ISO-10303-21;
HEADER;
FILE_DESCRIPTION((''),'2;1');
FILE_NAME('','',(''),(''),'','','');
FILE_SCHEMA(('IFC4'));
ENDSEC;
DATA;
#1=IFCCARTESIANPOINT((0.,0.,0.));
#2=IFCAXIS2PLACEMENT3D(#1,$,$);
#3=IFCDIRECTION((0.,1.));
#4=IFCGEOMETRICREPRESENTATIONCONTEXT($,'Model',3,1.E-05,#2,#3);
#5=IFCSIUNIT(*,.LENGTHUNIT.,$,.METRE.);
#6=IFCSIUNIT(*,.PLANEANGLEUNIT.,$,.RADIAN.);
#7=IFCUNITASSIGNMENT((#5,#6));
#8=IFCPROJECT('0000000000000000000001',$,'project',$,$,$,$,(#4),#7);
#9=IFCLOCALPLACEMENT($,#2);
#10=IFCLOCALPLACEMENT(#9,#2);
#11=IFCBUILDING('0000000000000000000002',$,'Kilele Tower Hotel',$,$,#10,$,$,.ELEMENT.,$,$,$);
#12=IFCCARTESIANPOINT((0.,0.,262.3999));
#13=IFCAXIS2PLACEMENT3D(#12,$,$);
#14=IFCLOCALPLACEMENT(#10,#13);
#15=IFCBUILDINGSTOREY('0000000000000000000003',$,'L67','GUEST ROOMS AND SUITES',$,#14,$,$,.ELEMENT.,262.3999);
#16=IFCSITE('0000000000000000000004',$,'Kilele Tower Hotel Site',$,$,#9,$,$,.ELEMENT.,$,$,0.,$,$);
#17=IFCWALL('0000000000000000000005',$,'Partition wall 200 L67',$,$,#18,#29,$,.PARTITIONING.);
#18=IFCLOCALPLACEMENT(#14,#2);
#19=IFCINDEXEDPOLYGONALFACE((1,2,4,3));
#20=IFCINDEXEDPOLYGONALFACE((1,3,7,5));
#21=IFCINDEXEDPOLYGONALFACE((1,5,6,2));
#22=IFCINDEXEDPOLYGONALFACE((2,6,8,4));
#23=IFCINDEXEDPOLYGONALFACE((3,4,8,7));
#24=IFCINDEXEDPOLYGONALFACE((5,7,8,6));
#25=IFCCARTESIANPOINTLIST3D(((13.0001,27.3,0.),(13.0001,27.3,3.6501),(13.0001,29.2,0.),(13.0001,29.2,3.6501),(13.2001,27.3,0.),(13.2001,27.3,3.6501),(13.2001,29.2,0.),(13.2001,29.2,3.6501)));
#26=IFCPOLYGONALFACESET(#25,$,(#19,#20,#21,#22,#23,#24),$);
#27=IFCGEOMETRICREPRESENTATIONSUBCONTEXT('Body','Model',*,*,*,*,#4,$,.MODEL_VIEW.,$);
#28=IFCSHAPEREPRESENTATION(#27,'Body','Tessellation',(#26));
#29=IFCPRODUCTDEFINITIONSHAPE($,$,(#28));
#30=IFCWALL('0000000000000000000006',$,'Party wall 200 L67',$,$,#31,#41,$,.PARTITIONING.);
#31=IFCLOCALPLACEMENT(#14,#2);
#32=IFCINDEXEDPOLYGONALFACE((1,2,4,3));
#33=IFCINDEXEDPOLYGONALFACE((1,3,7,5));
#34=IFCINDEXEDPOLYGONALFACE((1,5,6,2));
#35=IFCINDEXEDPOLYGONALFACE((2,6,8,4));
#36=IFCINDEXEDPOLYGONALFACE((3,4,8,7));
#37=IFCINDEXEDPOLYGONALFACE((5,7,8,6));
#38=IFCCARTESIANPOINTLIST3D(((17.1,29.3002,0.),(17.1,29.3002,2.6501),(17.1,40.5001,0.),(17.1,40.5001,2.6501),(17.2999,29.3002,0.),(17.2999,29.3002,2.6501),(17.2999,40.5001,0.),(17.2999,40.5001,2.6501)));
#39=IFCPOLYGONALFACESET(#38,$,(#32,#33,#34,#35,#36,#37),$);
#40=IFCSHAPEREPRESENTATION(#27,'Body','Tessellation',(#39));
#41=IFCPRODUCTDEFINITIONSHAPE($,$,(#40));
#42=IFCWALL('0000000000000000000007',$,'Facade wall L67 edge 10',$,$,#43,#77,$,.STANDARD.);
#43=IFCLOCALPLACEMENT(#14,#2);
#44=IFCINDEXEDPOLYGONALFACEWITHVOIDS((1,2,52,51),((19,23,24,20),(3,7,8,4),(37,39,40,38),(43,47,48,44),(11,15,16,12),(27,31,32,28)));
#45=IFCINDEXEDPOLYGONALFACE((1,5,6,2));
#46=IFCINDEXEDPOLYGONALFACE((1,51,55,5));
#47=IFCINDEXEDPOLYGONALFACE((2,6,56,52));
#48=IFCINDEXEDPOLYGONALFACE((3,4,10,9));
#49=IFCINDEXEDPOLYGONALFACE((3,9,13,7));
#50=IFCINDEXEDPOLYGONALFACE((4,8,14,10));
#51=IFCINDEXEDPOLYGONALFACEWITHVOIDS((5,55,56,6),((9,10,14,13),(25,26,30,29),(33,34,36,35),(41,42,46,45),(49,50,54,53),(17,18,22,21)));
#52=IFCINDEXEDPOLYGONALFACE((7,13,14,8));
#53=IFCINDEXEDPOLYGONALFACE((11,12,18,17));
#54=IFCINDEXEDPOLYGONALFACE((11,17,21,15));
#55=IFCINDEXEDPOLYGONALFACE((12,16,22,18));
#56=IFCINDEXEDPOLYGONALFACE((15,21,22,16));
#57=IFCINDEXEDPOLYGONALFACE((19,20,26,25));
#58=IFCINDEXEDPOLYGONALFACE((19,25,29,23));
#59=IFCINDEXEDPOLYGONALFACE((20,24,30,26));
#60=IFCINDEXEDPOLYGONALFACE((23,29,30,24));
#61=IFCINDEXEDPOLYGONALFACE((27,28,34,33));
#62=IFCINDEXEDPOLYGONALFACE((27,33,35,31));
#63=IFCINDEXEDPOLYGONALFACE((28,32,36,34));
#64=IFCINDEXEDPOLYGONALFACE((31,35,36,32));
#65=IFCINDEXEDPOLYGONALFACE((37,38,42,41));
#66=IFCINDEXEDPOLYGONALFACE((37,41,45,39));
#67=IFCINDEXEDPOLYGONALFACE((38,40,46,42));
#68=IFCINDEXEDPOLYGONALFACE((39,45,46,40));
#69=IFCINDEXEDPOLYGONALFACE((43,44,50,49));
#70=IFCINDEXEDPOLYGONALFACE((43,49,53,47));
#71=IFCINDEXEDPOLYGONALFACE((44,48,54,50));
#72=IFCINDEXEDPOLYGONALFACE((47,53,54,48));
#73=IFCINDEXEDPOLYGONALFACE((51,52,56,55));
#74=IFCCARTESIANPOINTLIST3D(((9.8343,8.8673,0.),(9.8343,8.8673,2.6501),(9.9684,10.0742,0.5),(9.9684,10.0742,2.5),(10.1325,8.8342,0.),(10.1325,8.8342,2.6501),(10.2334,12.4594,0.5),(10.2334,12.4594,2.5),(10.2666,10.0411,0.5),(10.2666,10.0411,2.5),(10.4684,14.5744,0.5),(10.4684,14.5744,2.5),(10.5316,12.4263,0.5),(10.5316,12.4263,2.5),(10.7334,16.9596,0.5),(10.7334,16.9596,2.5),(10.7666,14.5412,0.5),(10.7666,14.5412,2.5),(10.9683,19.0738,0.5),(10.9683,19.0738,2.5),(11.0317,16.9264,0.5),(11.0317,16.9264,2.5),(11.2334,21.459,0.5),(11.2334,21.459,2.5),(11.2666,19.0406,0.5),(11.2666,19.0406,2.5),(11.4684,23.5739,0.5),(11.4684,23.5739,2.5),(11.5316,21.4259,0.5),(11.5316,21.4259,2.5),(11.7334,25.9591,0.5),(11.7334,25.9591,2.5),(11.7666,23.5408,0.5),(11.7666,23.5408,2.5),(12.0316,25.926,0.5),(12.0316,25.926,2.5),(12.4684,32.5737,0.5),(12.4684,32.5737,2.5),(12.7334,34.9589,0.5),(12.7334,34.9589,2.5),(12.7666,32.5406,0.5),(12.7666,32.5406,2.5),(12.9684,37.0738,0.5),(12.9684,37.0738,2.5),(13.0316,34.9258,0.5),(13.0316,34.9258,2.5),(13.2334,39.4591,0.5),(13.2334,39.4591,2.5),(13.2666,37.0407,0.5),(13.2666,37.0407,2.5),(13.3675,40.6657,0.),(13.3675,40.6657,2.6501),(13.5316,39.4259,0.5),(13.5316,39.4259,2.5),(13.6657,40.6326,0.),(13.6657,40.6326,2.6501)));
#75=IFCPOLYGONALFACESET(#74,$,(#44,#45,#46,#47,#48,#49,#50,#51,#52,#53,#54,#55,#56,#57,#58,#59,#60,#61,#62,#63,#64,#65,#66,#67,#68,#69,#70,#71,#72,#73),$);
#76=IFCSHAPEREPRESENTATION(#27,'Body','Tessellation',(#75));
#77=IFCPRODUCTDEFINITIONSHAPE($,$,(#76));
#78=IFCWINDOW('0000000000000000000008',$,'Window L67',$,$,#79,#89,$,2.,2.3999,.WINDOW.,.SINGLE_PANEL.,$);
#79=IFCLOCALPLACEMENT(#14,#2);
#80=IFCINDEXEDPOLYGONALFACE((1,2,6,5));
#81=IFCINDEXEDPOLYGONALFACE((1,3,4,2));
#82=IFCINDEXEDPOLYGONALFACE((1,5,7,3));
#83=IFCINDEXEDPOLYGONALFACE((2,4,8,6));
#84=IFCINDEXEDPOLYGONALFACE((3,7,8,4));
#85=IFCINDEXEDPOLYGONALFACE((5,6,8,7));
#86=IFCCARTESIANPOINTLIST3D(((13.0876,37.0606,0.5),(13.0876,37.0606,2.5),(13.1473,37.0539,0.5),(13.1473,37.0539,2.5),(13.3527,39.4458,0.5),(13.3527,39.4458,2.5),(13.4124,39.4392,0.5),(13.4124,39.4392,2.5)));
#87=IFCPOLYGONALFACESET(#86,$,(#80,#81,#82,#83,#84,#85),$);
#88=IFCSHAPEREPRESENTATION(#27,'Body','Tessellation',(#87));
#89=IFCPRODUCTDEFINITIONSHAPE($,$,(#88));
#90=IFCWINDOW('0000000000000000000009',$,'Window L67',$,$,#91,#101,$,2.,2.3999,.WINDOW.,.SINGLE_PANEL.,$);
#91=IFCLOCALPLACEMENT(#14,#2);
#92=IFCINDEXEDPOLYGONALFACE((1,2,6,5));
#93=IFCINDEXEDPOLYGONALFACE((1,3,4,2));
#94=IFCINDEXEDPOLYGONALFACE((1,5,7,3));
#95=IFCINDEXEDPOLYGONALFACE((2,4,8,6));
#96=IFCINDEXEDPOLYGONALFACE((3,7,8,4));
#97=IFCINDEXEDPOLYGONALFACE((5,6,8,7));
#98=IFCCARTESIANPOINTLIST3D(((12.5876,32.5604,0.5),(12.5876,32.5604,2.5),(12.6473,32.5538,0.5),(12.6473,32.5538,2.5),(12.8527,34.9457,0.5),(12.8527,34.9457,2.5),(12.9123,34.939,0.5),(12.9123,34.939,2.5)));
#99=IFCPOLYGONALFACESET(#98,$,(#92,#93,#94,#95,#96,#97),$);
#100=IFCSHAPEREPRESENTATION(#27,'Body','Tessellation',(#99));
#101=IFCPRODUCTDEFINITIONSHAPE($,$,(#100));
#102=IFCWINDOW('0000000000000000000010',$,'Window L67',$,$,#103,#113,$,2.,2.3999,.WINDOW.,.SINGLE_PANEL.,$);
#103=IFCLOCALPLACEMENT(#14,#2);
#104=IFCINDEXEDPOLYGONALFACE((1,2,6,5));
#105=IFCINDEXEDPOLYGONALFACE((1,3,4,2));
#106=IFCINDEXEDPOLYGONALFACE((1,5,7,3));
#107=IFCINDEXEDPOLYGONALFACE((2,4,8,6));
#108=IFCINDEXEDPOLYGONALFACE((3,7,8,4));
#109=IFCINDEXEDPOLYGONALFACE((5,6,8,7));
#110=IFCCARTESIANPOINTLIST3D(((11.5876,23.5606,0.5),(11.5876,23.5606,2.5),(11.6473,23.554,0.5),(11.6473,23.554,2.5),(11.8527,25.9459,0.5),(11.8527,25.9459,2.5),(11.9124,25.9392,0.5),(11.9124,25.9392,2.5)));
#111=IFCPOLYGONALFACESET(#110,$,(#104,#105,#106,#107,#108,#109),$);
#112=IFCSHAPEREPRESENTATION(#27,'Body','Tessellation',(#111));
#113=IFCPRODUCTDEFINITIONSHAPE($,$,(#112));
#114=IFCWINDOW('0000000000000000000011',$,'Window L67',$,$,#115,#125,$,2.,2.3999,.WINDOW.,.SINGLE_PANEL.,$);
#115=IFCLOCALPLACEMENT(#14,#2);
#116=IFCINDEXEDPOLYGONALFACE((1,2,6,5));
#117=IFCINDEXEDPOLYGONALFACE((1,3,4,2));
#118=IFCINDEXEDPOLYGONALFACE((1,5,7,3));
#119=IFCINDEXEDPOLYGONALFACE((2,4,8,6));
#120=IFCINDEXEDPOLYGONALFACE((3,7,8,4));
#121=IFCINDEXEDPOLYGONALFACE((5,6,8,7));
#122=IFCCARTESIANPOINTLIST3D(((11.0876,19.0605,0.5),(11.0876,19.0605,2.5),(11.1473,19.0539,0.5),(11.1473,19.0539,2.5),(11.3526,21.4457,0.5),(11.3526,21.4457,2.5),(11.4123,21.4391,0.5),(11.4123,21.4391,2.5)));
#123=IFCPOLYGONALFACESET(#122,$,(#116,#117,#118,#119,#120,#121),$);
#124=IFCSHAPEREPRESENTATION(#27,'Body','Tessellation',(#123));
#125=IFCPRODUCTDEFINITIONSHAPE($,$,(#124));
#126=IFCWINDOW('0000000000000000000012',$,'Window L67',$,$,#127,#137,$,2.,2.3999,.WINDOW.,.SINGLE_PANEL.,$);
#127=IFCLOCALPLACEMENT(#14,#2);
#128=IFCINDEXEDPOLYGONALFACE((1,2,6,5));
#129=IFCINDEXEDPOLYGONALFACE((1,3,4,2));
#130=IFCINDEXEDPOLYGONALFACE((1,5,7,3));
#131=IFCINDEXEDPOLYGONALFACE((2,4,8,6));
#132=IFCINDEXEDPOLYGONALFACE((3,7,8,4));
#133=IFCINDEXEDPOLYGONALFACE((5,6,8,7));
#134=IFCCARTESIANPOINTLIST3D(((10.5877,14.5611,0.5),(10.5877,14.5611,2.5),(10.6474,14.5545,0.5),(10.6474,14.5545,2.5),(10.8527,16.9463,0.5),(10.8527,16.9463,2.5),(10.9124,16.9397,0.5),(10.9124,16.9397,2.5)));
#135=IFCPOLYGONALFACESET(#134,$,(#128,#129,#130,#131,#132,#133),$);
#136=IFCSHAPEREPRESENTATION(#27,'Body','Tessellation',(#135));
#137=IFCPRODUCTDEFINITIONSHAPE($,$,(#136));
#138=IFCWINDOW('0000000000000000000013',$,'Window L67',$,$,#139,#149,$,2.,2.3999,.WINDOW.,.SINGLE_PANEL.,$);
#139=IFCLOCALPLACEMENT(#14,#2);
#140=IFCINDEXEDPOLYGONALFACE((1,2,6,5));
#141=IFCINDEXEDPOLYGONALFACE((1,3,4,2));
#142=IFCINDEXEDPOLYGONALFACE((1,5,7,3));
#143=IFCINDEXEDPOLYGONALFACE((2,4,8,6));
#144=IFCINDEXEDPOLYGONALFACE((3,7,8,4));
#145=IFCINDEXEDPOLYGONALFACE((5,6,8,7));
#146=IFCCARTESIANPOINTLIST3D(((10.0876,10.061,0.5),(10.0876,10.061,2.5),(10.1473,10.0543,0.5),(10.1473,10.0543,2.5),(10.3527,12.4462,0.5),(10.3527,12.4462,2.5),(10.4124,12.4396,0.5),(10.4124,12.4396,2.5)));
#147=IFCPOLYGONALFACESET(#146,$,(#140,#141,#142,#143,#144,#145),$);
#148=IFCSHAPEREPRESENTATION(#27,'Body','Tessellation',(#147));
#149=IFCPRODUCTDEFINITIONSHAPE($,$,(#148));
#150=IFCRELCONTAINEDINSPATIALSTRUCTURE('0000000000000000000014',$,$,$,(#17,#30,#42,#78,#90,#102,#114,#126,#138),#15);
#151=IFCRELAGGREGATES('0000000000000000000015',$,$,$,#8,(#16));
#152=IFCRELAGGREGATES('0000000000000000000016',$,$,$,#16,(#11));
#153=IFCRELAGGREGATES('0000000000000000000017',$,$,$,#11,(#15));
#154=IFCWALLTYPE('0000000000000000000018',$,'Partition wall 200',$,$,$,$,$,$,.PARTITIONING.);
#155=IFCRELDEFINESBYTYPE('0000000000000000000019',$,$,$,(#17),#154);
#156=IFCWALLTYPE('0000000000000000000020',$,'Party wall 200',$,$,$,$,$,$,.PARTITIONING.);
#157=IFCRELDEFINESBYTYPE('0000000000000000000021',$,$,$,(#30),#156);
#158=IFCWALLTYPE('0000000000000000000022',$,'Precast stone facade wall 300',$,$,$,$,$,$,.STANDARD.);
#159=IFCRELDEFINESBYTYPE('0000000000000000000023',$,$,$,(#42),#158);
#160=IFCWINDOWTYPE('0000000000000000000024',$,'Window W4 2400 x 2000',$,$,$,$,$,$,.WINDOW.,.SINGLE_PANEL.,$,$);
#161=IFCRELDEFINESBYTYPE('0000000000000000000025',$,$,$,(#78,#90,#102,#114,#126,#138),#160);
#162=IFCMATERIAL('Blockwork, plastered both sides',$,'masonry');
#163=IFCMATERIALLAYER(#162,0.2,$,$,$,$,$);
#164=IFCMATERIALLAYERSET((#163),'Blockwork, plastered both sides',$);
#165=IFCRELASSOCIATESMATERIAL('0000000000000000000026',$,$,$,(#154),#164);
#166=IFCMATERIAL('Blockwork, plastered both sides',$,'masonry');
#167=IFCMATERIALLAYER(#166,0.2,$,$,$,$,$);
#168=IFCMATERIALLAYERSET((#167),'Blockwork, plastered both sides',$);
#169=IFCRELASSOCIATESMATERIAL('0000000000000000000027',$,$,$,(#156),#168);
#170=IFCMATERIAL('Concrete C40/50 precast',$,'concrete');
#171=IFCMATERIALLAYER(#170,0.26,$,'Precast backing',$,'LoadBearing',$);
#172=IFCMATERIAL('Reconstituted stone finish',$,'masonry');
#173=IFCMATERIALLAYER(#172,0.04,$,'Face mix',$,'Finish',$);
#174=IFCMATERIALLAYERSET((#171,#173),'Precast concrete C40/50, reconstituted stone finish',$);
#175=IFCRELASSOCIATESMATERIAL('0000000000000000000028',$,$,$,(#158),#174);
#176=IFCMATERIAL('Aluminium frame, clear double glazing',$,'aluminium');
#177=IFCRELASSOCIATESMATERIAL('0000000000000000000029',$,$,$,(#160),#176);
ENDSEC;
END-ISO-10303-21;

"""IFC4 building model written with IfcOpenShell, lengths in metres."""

from ifc_helpers import new_model, si_unit, direction, frame, frame_2d, origin, place, context, subcontext, project, spatial, rectangle, extrude, material, layer, layer_set, type_object, element, fill, save


model = new_model("IFC4")

# Units and contexts
model_context = context("Model", 3, precision=1e-05, world=origin(), true_north=direction((0.0, 1.0)))
body_context = subcontext(model_context, "Body", "Model", "MODEL_VIEW")
ifc_project = project(units=[si_unit("LENGTHUNIT", "METRE"), si_unit("PLANEANGLEUNIT", "RADIAN")], contexts=[model_context])

# Site, building, storey
site_placement = place(None, origin())
site = spatial("IfcSite", under=ifc_project, at=site_placement, Name="Kilele Tower Hotel Site", CompositionType="ELEMENT", RefElevation=0.0)
building_placement = place(site_placement, origin())
building = spatial("IfcBuilding", under=site, at=building_placement, Name="Kilele Tower Hotel", CompositionType="ELEMENT")
storey_placement = place(building_placement, frame((0.0, 0.0, 262.3999)))
storey = spatial("IfcBuildingStorey", under=building, at=storey_placement, Name="L67", Description="GUEST ROOMS AND SUITES", CompositionType="ELEMENT", Elevation=262.3999)

# Walls
ifc_material_1 = material(Name="Blockwork, plastered both sides", Category="masonry")
ifc_layer_1 = layer(ifc_material_1, 0.2)
ifc_layer_set_1 = layer_set([ifc_layer_1], Name="Blockwork, plastered both sides")
wall_type_1 = type_object("IfcWallType", Name="Partition wall 200", PredefinedType="PARTITIONING", material=ifc_layer_set_1)
wall_1_placement = place(storey_placement, frame((13.1001, 27.3, 0.0), z_axis=(0.0, 0.0, 1.0), x_axis=(0.0, 1.0, 0.0)))
element("IfcWall", 1, at=wall_1_placement, inside=storey, type_object=wall_type_1, Name="Partition wall 200 L67", PredefinedType="PARTITIONING", context=body_context, shape_type="SweptSolid", body=[
    extrude(rectangle(XDim=1.8999, YDim=0.2, at=frame_2d((0.95, 0.0))), origin(), (0.0, 0.0, 1.0), 3.6501),
])
ifc_material_2 = material(Name="Blockwork, plastered both sides", Category="masonry")
ifc_layer_2 = layer(ifc_material_2, 0.2)
ifc_layer_set_2 = layer_set([ifc_layer_2], Name="Blockwork, plastered both sides")
wall_type_2 = type_object("IfcWallType", Name="Party wall 200", PredefinedType="PARTITIONING", material=ifc_layer_set_2)
wall_2_placement = place(storey_placement, frame((17.2, 29.3, 0.0), z_axis=(0.0, 0.0, 1.0), x_axis=(0.0, 1.0, 0.0)))
element("IfcWall", 2, at=wall_2_placement, inside=storey, type_object=wall_type_2, Name="Party wall 200 L67", PredefinedType="PARTITIONING", context=body_context, shape_type="SweptSolid", body=[
    extrude(rectangle(XDim=11.2, YDim=0.2, at=frame_2d((5.6001, 0.0))), origin(), (0.0, 0.0, 1.0), 2.6501),
])

# Wall, openings, windows
ifc_material_3 = material(Name="Concrete C40/50 precast", Category="concrete")
ifc_layer_3 = layer(ifc_material_3, 0.26, Name="Precast backing", Category="LoadBearing")
ifc_material_4 = material(Name="Reconstituted stone finish", Category="masonry")
ifc_layer_4 = layer(ifc_material_4, 0.04, Name="Face mix", Category="Finish")
ifc_layer_set_3 = layer_set([ifc_layer_3, ifc_layer_4], Name="Precast concrete C40/50, reconstituted stone finish")
wall_type_3 = type_object("IfcWallType", Name="Precast stone facade wall 300", PredefinedType="STANDARD", material=ifc_layer_set_3)
wall_3_placement = place(storey_placement, frame((13.5166, 40.6492, 0.0), z_axis=(0.0, 0.0, 1.0), x_axis=(-0.110433, -0.993884, 0.0)))
wall_3 = element("IfcWall", 3, at=wall_3_placement, inside=storey, type_object=wall_type_3, Name="Facade wall L67 edge 10", PredefinedType="STANDARD", context=body_context, shape_type="SweptSolid", body=[
    extrude(rectangle(XDim=31.9941, YDim=0.3, at=frame_2d((15.9971, 0.0))), origin(), (0.0, 0.0, 1.0), 2.6501),
])
opening_1_placement = place(wall_3_placement, frame((1.2141, 0.0, 0.5)))
opening_1 = element("IfcOpeningElement", 4, at=opening_1_placement, cuts=wall_3, PredefinedType="OPENING", context=body_context, shape_type="SweptSolid", body=[
    extrude(rectangle(XDim=2.3999, YDim=2.0, at=frame_2d((1.2, 1.0))), frame((0.0, 0.1599, 0.0), z_axis=(0.0, -1.0, 0.0), x_axis=(1.0, 0.0, 0.0)), (0.0, 0.0, 1.0), 0.3201),
])
opening_2_placement = place(wall_3_placement, frame((5.7419, 0.0, 0.5)))
opening_2 = element("IfcOpeningElement", 5, at=opening_2_placement, cuts=wall_3, PredefinedType="OPENING", context=body_context, shape_type="SweptSolid", body=[
    extrude(rectangle(XDim=2.3999, YDim=2.0, at=frame_2d((1.2, 1.0))), frame((0.0, 0.1599, 0.0), z_axis=(0.0, -1.0, 0.0), x_axis=(1.0, 0.0, 0.0)), (0.0, 0.0, 1.0), 0.3201),
])
opening_3_placement = place(wall_3_placement, frame((14.7971, 0.0, 0.5)))
opening_3 = element("IfcOpeningElement", 6, at=opening_3_placement, cuts=wall_3, PredefinedType="OPENING", context=body_context, shape_type="SweptSolid", body=[
    extrude(rectangle(XDim=2.3999, YDim=2.0, at=frame_2d((1.2, 1.0))), frame((0.0, 0.1599, 0.0), z_axis=(0.0, -1.0, 0.0), x_axis=(1.0, 0.0, 0.0)), (0.0, 0.0, 1.0), 0.3201),
])
opening_4_placement = place(wall_3_placement, frame((19.325, 0.0, 0.5)))
opening_4 = element("IfcOpeningElement", 7, at=opening_4_placement, cuts=wall_3, PredefinedType="OPENING", context=body_context, shape_type="SweptSolid", body=[
    extrude(rectangle(XDim=2.3999, YDim=2.0, at=frame_2d((1.2, 1.0))), frame((0.0, 0.1599, 0.0), z_axis=(0.0, -1.0, 0.0), x_axis=(1.0, 0.0, 0.0)), (0.0, 0.0, 1.0), 0.3201),
])
opening_5_placement = place(wall_3_placement, frame((23.8521, 0.0, 0.5)))
opening_5 = element("IfcOpeningElement", 8, at=opening_5_placement, cuts=wall_3, PredefinedType="OPENING", context=body_context, shape_type="SweptSolid", body=[
    extrude(rectangle(XDim=2.3999, YDim=2.0, at=frame_2d((1.2, 1.0))), frame((0.0, 0.1599, 0.0), z_axis=(0.0, -1.0, 0.0), x_axis=(1.0, 0.0, 0.0)), (0.0, 0.0, 1.0), 0.3201),
])
opening_6_placement = place(wall_3_placement, frame((28.3799, 0.0, 0.5)))
opening_6 = element("IfcOpeningElement", 9, at=opening_6_placement, cuts=wall_3, PredefinedType="OPENING", context=body_context, shape_type="SweptSolid", body=[
    extrude(rectangle(XDim=2.3999, YDim=2.0, at=frame_2d((1.2, 1.0))), frame((0.0, 0.1599, 0.0), z_axis=(0.0, -1.0, 0.0), x_axis=(1.0, 0.0, 0.0)), (0.0, 0.0, 1.0), 0.3201),
])
ifc_material_5 = material(Name="Aluminium frame, clear double glazing", Category="aluminium")
window_type = type_object("IfcWindowType", Name="Window W4 2400 x 2000", PartitioningType="SINGLE_PANEL", PredefinedType="WINDOW", material=ifc_material_5)
window_1_placement = place(opening_1_placement, origin())
window_1 = element("IfcWindow", 10, at=window_1_placement, inside=storey, type_object=window_type, Name="Window L67", OverallHeight=2.0, OverallWidth=2.3999, PartitioningType="SINGLE_PANEL", PredefinedType="WINDOW", context=body_context, shape_type="SweptSolid", body=[
    extrude(rectangle(XDim=2.3999, YDim=2.0, at=frame_2d((1.2, 1.0))), frame((0.0, 0.03, 0.0), z_axis=(0.0, -1.0, 0.0), x_axis=(1.0, 0.0, 0.0)), (0.0, 0.0, 1.0), 0.0601),
])
fill(opening_1, window_1)
window_2_placement = place(opening_2_placement, origin())
window_2 = element("IfcWindow", 11, at=window_2_placement, inside=storey, type_object=window_type, Name="Window L67", OverallHeight=2.0, OverallWidth=2.3999, PartitioningType="SINGLE_PANEL", PredefinedType="WINDOW", context=body_context, shape_type="SweptSolid", body=[
    extrude(rectangle(XDim=2.3999, YDim=2.0, at=frame_2d((1.2, 1.0))), frame((0.0, 0.03, 0.0), z_axis=(0.0, -1.0, 0.0), x_axis=(1.0, 0.0, 0.0)), (0.0, 0.0, 1.0), 0.0601),
])
fill(opening_2, window_2)
window_3_placement = place(opening_3_placement, origin())
window_3 = element("IfcWindow", 12, at=window_3_placement, inside=storey, type_object=window_type, Name="Window L67", OverallHeight=2.0, OverallWidth=2.3999, PartitioningType="SINGLE_PANEL", PredefinedType="WINDOW", context=body_context, shape_type="SweptSolid", body=[
    extrude(rectangle(XDim=2.3999, YDim=2.0, at=frame_2d((1.2, 1.0))), frame((0.0, 0.03, 0.0), z_axis=(0.0, -1.0, 0.0), x_axis=(1.0, 0.0, 0.0)), (0.0, 0.0, 1.0), 0.0601),
])
fill(opening_3, window_3)
window_4_placement = place(opening_4_placement, origin())
window_4 = element("IfcWindow", 13, at=window_4_placement, inside=storey, type_object=window_type, Name="Window L67", OverallHeight=2.0, OverallWidth=2.3999, PartitioningType="SINGLE_PANEL", PredefinedType="WINDOW", context=body_context, shape_type="SweptSolid", body=[
    extrude(rectangle(XDim=2.3999, YDim=2.0, at=frame_2d((1.2, 1.0))), frame((0.0, 0.03, 0.0), z_axis=(0.0, -1.0, 0.0), x_axis=(1.0, 0.0, 0.0)), (0.0, 0.0, 1.0), 0.0601),
])
fill(opening_4, window_4)
window_5_placement = place(opening_5_placement, origin())
window_5 = element("IfcWindow", 14, at=window_5_placement, inside=storey, type_object=window_type, Name="Window L67", OverallHeight=2.0, OverallWidth=2.3999, PartitioningType="SINGLE_PANEL", PredefinedType="WINDOW", context=body_context, shape_type="SweptSolid", body=[
    extrude(rectangle(XDim=2.3999, YDim=2.0, at=frame_2d((1.2, 1.0))), frame((0.0, 0.03, 0.0), z_axis=(0.0, -1.0, 0.0), x_axis=(1.0, 0.0, 0.0)), (0.0, 0.0, 1.0), 0.0601),
])
fill(opening_5, window_5)
window_6_placement = place(opening_6_placement, origin())
window_6 = element("IfcWindow", 15, at=window_6_placement, inside=storey, type_object=window_type, Name="Window L67", OverallHeight=2.0, OverallWidth=2.3999, PartitioningType="SINGLE_PANEL", PredefinedType="WINDOW", context=body_context, shape_type="SweptSolid", body=[
    extrude(rectangle(XDim=2.3999, YDim=2.0, at=frame_2d((1.2, 1.0))), frame((0.0, 0.03, 0.0), z_axis=(0.0, -1.0, 0.0), x_axis=(1.0, 0.0, 0.0)), (0.0, 0.0, 1.0), 0.0601),
])
fill(opening_6, window_6)

save(model, "model.ifc")
